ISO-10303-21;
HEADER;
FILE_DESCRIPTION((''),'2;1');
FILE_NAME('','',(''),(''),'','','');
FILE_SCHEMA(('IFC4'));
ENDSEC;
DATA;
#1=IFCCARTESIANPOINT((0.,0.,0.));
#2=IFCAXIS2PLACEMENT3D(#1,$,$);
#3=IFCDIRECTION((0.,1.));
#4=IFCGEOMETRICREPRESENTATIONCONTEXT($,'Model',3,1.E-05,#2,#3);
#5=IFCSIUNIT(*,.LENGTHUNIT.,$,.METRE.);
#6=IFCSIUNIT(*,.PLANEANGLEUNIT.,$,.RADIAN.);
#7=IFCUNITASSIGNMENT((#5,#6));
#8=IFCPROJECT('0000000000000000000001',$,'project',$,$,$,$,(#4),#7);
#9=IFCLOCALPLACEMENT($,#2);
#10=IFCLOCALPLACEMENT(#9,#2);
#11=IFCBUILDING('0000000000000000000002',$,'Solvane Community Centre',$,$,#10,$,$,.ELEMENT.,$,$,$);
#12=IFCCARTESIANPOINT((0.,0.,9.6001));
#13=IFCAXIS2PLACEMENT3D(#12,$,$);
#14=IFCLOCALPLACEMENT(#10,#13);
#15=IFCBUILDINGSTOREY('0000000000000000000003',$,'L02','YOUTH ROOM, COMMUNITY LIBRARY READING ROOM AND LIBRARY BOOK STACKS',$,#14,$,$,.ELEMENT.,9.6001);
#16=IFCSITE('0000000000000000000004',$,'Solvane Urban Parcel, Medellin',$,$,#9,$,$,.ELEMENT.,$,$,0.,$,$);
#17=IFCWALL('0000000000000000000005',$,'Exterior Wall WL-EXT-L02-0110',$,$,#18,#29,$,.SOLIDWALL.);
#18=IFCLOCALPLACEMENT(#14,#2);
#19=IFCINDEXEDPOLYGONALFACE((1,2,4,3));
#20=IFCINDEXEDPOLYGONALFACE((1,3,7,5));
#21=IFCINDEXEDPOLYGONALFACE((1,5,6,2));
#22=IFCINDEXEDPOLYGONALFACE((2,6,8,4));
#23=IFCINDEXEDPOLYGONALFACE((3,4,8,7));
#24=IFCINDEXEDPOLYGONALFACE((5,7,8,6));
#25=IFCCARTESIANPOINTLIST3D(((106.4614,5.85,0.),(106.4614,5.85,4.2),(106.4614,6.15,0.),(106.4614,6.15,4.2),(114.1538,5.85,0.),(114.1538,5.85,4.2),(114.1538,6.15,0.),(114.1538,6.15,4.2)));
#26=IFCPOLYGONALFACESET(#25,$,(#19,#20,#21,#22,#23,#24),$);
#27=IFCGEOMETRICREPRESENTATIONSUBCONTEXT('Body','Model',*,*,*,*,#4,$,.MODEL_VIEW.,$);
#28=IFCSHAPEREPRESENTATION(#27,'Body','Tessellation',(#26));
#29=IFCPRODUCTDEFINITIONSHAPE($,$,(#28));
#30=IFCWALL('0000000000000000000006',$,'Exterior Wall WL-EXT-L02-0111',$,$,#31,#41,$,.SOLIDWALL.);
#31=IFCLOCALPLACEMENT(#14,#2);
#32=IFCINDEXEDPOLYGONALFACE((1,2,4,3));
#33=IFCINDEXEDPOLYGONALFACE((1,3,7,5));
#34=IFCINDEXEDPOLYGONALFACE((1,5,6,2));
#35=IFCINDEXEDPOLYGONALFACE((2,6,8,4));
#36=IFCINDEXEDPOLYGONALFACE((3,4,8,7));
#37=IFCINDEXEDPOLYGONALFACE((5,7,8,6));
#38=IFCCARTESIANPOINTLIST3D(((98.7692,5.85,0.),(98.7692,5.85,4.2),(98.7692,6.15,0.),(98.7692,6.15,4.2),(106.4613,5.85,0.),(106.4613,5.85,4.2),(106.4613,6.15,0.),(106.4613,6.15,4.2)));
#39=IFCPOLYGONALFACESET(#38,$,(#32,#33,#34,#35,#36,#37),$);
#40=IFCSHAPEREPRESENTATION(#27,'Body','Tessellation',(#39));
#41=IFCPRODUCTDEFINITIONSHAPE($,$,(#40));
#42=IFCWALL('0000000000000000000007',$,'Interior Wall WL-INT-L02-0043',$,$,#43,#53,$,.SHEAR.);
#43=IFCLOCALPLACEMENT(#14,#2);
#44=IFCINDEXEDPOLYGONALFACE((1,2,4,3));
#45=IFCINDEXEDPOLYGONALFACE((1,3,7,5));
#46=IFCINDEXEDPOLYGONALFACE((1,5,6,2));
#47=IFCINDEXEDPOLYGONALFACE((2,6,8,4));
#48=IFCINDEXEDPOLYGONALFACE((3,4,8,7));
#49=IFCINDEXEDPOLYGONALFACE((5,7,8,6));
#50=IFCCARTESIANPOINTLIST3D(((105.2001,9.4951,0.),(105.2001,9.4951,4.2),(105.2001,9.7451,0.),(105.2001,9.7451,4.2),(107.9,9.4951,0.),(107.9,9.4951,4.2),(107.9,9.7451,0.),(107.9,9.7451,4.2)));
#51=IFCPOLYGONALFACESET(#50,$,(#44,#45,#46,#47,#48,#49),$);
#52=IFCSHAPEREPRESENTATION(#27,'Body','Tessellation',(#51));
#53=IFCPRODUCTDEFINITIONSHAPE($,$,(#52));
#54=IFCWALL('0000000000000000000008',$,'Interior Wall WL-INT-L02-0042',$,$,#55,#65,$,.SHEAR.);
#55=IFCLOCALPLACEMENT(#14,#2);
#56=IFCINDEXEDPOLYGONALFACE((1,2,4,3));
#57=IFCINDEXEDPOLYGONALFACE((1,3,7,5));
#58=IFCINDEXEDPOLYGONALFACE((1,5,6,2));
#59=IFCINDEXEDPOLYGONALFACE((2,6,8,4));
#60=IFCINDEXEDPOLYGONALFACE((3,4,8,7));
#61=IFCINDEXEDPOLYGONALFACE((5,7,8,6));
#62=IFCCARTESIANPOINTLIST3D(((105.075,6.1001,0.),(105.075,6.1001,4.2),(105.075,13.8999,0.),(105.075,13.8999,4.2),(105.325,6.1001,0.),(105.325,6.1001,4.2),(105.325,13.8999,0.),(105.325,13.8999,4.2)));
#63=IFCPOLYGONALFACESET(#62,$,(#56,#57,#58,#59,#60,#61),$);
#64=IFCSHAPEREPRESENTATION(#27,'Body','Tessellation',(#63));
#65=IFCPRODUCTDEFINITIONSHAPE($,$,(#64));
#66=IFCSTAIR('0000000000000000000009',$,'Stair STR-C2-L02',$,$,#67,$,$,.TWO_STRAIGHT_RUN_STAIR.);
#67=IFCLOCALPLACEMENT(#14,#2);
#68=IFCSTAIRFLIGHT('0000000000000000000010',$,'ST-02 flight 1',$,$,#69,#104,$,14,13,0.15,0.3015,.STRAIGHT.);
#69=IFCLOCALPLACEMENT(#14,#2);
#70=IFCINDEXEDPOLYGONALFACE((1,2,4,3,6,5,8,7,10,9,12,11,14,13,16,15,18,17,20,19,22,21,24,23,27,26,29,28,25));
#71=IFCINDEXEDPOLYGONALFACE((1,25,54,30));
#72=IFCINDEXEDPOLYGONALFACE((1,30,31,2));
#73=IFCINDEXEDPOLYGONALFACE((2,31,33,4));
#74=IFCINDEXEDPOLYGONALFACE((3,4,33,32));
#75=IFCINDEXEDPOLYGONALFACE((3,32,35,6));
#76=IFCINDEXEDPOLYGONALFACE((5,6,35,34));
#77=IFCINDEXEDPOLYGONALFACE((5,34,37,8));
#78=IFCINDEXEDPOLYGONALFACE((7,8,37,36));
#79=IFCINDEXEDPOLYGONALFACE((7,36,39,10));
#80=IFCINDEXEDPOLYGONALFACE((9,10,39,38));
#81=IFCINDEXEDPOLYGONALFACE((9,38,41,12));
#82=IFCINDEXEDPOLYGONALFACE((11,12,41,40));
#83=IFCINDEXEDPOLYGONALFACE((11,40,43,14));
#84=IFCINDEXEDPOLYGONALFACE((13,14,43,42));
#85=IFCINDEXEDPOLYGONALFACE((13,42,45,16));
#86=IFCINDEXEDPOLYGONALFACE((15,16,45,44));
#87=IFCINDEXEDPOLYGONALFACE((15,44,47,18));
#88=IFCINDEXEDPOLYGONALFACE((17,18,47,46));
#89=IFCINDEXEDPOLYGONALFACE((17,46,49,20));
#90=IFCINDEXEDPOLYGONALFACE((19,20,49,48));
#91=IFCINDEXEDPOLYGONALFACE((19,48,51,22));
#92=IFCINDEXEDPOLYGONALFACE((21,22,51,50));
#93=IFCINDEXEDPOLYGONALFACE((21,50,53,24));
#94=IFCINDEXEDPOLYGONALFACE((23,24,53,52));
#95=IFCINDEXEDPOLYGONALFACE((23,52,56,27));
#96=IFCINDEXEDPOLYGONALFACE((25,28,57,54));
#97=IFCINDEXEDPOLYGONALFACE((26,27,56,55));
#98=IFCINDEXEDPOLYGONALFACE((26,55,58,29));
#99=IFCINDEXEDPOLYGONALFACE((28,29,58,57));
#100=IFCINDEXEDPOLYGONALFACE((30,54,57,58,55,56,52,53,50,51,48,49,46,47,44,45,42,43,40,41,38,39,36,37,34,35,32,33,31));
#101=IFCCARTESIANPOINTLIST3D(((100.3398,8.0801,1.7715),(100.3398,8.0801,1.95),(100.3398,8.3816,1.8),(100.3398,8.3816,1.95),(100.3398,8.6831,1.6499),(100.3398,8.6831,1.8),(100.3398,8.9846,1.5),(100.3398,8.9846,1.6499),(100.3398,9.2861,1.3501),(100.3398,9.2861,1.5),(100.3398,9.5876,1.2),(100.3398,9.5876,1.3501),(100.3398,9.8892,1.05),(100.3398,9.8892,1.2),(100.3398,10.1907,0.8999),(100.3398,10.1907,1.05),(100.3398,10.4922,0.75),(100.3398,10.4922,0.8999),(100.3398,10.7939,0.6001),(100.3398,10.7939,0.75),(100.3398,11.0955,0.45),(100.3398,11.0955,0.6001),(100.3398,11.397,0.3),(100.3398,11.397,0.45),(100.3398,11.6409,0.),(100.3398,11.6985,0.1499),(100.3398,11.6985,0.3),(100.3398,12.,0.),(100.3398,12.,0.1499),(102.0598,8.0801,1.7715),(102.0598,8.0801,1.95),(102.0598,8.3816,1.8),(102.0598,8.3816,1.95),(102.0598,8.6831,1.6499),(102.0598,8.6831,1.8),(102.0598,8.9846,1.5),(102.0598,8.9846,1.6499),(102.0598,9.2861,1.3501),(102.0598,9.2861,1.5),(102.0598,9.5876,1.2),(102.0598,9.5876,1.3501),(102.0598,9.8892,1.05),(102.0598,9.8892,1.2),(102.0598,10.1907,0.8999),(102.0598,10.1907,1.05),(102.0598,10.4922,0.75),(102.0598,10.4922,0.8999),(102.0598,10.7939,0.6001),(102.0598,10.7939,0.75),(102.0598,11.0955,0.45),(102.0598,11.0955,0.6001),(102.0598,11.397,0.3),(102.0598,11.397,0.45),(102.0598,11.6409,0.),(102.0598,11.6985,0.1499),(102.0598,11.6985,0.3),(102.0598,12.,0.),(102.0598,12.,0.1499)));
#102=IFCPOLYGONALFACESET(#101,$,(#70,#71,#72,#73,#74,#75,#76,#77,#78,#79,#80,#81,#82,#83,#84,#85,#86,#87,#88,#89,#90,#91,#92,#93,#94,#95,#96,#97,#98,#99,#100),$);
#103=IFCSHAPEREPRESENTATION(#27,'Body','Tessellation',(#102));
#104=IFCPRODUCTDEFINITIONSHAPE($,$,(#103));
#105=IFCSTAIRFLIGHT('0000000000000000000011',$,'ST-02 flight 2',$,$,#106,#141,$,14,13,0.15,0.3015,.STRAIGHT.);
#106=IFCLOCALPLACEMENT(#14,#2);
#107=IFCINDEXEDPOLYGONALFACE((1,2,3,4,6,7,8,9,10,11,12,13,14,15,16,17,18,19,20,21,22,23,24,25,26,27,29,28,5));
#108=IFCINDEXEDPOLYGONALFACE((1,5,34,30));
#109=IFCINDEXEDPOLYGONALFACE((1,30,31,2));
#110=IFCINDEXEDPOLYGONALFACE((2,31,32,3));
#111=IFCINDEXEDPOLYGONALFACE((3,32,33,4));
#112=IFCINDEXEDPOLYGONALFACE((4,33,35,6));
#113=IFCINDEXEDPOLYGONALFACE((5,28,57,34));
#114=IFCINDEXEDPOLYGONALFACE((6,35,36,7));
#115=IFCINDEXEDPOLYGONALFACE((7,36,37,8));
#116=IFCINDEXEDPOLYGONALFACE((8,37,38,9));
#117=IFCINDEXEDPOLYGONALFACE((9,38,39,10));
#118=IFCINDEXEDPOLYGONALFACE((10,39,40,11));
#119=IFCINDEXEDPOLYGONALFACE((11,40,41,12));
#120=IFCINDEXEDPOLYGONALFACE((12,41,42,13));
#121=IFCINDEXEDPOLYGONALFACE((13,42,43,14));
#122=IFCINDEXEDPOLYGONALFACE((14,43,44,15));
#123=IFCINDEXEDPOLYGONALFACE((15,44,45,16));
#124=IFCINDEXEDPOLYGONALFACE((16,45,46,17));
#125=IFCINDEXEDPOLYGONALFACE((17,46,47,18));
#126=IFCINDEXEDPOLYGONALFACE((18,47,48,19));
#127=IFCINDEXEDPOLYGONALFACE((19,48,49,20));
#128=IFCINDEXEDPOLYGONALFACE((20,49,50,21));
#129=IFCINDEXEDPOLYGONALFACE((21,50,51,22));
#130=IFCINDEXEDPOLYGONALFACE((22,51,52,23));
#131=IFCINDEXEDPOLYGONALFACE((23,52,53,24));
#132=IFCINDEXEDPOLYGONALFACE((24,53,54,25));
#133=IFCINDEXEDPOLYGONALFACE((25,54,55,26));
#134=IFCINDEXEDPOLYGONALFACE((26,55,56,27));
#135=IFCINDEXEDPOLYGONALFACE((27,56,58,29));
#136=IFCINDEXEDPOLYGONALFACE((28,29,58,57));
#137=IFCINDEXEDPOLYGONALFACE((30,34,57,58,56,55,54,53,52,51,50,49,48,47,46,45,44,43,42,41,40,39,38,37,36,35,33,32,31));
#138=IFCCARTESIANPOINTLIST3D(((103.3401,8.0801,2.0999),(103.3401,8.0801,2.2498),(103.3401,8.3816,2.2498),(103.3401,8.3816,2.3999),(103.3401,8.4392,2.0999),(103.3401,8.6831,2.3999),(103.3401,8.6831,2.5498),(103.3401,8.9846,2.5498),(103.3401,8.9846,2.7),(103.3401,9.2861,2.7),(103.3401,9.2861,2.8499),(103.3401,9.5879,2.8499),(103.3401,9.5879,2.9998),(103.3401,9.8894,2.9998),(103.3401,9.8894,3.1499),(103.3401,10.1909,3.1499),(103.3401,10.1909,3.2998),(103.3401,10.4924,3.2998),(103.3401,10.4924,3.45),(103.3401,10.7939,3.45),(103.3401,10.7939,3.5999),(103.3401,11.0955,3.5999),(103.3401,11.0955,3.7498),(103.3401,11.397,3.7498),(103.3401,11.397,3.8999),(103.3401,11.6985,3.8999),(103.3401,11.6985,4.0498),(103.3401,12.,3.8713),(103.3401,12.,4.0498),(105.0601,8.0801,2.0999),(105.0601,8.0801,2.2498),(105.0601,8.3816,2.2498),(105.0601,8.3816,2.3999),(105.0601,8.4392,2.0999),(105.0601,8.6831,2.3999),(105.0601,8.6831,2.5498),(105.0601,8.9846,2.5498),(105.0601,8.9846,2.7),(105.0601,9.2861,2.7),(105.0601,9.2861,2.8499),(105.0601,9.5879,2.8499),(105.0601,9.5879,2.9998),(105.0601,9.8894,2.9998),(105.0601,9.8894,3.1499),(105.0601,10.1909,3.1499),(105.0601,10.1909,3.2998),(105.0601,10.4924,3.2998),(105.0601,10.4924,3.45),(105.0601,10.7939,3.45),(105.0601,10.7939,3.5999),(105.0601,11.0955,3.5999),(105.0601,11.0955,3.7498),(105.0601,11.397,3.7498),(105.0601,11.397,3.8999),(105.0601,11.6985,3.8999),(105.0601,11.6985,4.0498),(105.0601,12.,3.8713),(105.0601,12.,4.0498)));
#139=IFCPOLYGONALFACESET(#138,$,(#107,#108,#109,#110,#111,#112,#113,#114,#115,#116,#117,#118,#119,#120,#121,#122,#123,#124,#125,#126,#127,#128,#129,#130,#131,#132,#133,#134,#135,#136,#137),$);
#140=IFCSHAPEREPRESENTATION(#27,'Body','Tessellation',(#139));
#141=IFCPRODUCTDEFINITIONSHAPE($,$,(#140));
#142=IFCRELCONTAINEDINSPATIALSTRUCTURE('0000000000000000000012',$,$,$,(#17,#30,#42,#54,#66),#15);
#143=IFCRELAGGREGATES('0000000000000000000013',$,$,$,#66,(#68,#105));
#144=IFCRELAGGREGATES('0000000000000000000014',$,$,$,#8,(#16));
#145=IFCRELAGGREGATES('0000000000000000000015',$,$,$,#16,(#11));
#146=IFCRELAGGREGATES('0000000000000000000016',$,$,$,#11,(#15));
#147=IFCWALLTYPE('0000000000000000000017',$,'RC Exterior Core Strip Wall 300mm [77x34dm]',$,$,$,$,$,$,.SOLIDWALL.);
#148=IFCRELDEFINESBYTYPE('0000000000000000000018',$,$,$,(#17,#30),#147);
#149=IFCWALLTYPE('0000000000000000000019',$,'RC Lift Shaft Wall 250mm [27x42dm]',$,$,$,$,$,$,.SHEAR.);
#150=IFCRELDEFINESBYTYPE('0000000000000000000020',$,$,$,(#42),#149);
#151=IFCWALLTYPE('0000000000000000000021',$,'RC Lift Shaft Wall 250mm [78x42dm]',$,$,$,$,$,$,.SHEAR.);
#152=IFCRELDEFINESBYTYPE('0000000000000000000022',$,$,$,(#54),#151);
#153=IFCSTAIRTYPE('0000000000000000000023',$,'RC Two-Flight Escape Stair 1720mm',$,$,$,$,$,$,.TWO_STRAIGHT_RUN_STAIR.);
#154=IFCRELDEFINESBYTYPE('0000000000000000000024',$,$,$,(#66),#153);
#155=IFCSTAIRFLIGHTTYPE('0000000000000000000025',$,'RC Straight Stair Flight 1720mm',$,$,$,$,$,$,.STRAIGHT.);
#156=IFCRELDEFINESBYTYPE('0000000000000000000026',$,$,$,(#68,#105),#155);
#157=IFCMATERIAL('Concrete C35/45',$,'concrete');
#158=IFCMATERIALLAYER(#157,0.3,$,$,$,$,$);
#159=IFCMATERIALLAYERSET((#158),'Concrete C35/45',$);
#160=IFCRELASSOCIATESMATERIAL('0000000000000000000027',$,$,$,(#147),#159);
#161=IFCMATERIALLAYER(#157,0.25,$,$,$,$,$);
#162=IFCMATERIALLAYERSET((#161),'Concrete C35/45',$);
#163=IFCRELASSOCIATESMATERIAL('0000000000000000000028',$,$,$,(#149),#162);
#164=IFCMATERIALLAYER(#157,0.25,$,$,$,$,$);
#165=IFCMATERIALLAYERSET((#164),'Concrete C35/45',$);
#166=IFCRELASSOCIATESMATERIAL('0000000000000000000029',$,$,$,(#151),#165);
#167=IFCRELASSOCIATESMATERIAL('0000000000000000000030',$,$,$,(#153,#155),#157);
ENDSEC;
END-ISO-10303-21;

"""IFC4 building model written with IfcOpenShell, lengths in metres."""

from ifc_helpers import new_model, si_unit, direction, frame, frame_2d, origin, place, context, subcontext, project, spatial, polyline, rectangle, outline, extrude, material, layer, layer_set, type_object, element, aggregate, save


model = new_model("IFC4")

# Units and contexts
model_context = context("Model", 3, precision=1e-05, world=origin(), true_north=direction((0.0, 1.0)))
body_context = subcontext(model_context, "Body", "Model", "MODEL_VIEW")
ifc_project = project(units=[si_unit("LENGTHUNIT", "METRE"), si_unit("PLANEANGLEUNIT", "RADIAN")], contexts=[model_context])

# Site, building, storey
site_placement = place(None, origin())
site = spatial("IfcSite", under=ifc_project, at=site_placement, Name="Solvane Urban Parcel, Medellin", CompositionType="ELEMENT", RefElevation=0.0)
building_placement = place(site_placement, origin())
building = spatial("IfcBuilding", under=site, at=building_placement, Name="Solvane Community Centre", CompositionType="ELEMENT")
storey_placement = place(building_placement, frame((0.0, 0.0, 9.6001)))
storey = spatial("IfcBuildingStorey", under=building, at=storey_placement, Name="L02", Description="YOUTH ROOM, COMMUNITY LIBRARY READING ROOM AND LIBRARY BOOK STACKS", CompositionType="ELEMENT", Elevation=9.6001)

# Shared definitions
ifc_material_1 = material(Name="Concrete C35/45", Category="concrete")

# Walls
ifc_layer_1 = layer(ifc_material_1, 0.3)
ifc_layer_set_1 = layer_set([ifc_layer_1], Name="Concrete C35/45")
wall_type_1 = type_object("IfcWallType", Name="RC Exterior Core Strip Wall 300mm [77x34dm]", PredefinedType="SOLIDWALL", material=ifc_layer_set_1)
wall_1_placement = place(storey_placement, frame((114.1538, 6.0, 0.0), z_axis=(0.0, 0.0, 1.0), x_axis=(-1.0, 0.0, 0.0)))
element("IfcWall", 1, at=wall_1_placement, inside=storey, type_object=wall_type_1, Name="Exterior Wall WL-EXT-L02-0110", PredefinedType="SOLIDWALL", context=body_context, shape_type="SweptSolid", body=[
    extrude(rectangle(XDim=7.6924, YDim=0.3, at=frame_2d((3.8462, 0.0))), origin(), (0.0, 0.0, 1.0), 4.2),
])
wall_2_placement = place(storey_placement, frame((106.4614, 6.0, 0.0), z_axis=(0.0, 0.0, 1.0), x_axis=(-1.0, 0.0, 0.0)))
element("IfcWall", 2, at=wall_2_placement, inside=storey, type_object=wall_type_1, Name="Exterior Wall WL-EXT-L02-0111", PredefinedType="SOLIDWALL", context=body_context, shape_type="SweptSolid", body=[
    extrude(rectangle(XDim=7.6921, YDim=0.3, at=frame_2d((3.8462, 0.0))), origin(), (0.0, 0.0, 1.0), 4.2),
])
ifc_layer_2 = layer(ifc_material_1, 0.25)
ifc_layer_set_2 = layer_set([ifc_layer_2], Name="Concrete C35/45")
wall_type_2 = type_object("IfcWallType", Name="RC Lift Shaft Wall 250mm [27x42dm]", PredefinedType="SHEAR", material=ifc_layer_set_2)
wall_3_placement = place(storey_placement, frame((105.2, 9.6201, 0.0), z_axis=(0.0, 0.0, 1.0), x_axis=(1.0, 0.0, 0.0)))
element("IfcWall", 3, at=wall_3_placement, inside=storey, type_object=wall_type_2, Name="Interior Wall WL-INT-L02-0043", PredefinedType="SHEAR", context=body_context, shape_type="SweptSolid", body=[
    extrude(rectangle(XDim=2.7, YDim=0.25, at=frame_2d((1.3501, 0.0))), origin(), (0.0, 0.0, 1.0), 4.2),
])
ifc_layer_3 = layer(ifc_material_1, 0.25)
ifc_layer_set_3 = layer_set([ifc_layer_3], Name="Concrete C35/45")
wall_type_3 = type_object("IfcWallType", Name="RC Lift Shaft Wall 250mm [78x42dm]", PredefinedType="SHEAR", material=ifc_layer_set_3)
wall_4_placement = place(storey_placement, frame((105.2, 6.1001, 0.0), z_axis=(0.0, 0.0, 1.0), x_axis=(0.0, 1.0, 0.0)))
element("IfcWall", 4, at=wall_4_placement, inside=storey, type_object=wall_type_3, Name="Interior Wall WL-INT-L02-0042", PredefinedType="SHEAR", context=body_context, shape_type="SweptSolid", body=[
    extrude(rectangle(XDim=7.7998, YDim=0.25, at=frame_2d((3.8999, 0.0))), origin(), (0.0, 0.0, 1.0), 4.2),
])

# Stair, stair flights
stair_type = type_object("IfcStairType", Name="RC Two-Flight Escape Stair 1720mm", PredefinedType="TWO_STRAIGHT_RUN_STAIR", material=ifc_material_1)
stair_placement = place(storey_placement, origin())
stair = element("IfcStair", 5, at=stair_placement, inside=storey, type_object=stair_type, Name="Stair STR-C2-L02", PredefinedType="TWO_STRAIGHT_RUN_STAIR")
stair_flight_type = type_object("IfcStairFlightType", Name="RC Straight Stair Flight 1720mm", PredefinedType="STRAIGHT", material=ifc_material_1)
stair_flight_1_placement = place(storey_placement, frame((101.2, 12.0, 0.0), z_axis=(0.0, 0.0, 1.0), x_axis=(0.0, -1.0, 0.0)))
stair_flight_1 = element("IfcStairFlight", 6, at=stair_flight_1_placement, type_object=stair_flight_type, Name="ST-02 flight 1", NumberOfRisers=14, NumberOfTreads=13, PredefinedType="STRAIGHT", RiserHeight=0.15, TreadLength=0.3015, context=body_context, shape_type="SweptSolid", body=[
    extrude(outline(polyline([(0.0, 0.0), (0.0, 0.1499), (0.3015, 0.1499), (0.3015, 0.3), (0.603, 0.3), (0.603, 0.45), (0.9045, 0.45), (0.9045, 0.6001), (1.2061, 0.6001), (1.2061, 0.75), (1.5078, 0.75), (1.5078, 0.8999), (1.8093, 0.8999), (1.8093, 1.05), (2.1108, 1.05), (2.1108, 1.2), (2.4124, 1.2), (2.4124, 1.3501), (2.7139, 1.3501), (2.7139, 1.5), (3.0154, 1.5), (3.0154, 1.6499), (3.3169, 1.6499), (3.3169, 1.8), (3.6184, 1.8), (3.6184, 1.95), (3.9199, 1.95), (3.9199, 2.1001), (3.9199, 1.7715), (0.3591, 0.0), (0.0, 0.0)])), frame((0.0, 0.8599, 0.0), z_axis=(0.0, -1.0, 0.0), x_axis=(1.0, 0.0, 0.0)), (0.0, 0.0, 1.0), 1.72),
])
stair_flight_2_placement = place(storey_placement, frame((104.2, 8.0801, 2.0999), z_axis=(0.0, 0.0, 1.0), x_axis=(0.0, 1.0, 0.0)))
stair_flight_2 = element("IfcStairFlight", 7, at=stair_flight_2_placement, type_object=stair_flight_type, Name="ST-02 flight 2", NumberOfRisers=14, NumberOfTreads=13, PredefinedType="STRAIGHT", RiserHeight=0.15, TreadLength=0.3015, context=body_context, shape_type="SweptSolid", body=[
    extrude(outline(polyline([(0.0, 0.0), (0.0, 0.1499), (0.3015, 0.1499), (0.3015, 0.3), (0.603, 0.3), (0.603, 0.45), (0.9045, 0.45), (0.9045, 0.6001), (1.2061, 0.6001), (1.2061, 0.75), (1.5078, 0.75), (1.5078, 0.8999), (1.8093, 0.8999), (1.8093, 1.05), (2.1108, 1.05), (2.1108, 1.2), (2.4124, 1.2), (2.4124, 1.3501), (2.7139, 1.3501), (2.7139, 1.5), (3.0154, 1.5), (3.0154, 1.6499), (3.3169, 1.6499), (3.3169, 1.8), (3.6184, 1.8), (3.6184, 1.95), (3.9199, 1.95), (3.9199, 2.1001), (3.9199, 1.7715), (0.3591, 0.0), (0.0, 0.0)])), frame((0.0, 0.8599, 0.0), z_axis=(0.0, -1.0, 0.0), x_axis=(1.0, 0.0, 0.0)), (0.0, 0.0, 1.0), 1.72),
])
aggregate(stair, [stair_flight_1, stair_flight_2])

save(model, "model.ifc")
